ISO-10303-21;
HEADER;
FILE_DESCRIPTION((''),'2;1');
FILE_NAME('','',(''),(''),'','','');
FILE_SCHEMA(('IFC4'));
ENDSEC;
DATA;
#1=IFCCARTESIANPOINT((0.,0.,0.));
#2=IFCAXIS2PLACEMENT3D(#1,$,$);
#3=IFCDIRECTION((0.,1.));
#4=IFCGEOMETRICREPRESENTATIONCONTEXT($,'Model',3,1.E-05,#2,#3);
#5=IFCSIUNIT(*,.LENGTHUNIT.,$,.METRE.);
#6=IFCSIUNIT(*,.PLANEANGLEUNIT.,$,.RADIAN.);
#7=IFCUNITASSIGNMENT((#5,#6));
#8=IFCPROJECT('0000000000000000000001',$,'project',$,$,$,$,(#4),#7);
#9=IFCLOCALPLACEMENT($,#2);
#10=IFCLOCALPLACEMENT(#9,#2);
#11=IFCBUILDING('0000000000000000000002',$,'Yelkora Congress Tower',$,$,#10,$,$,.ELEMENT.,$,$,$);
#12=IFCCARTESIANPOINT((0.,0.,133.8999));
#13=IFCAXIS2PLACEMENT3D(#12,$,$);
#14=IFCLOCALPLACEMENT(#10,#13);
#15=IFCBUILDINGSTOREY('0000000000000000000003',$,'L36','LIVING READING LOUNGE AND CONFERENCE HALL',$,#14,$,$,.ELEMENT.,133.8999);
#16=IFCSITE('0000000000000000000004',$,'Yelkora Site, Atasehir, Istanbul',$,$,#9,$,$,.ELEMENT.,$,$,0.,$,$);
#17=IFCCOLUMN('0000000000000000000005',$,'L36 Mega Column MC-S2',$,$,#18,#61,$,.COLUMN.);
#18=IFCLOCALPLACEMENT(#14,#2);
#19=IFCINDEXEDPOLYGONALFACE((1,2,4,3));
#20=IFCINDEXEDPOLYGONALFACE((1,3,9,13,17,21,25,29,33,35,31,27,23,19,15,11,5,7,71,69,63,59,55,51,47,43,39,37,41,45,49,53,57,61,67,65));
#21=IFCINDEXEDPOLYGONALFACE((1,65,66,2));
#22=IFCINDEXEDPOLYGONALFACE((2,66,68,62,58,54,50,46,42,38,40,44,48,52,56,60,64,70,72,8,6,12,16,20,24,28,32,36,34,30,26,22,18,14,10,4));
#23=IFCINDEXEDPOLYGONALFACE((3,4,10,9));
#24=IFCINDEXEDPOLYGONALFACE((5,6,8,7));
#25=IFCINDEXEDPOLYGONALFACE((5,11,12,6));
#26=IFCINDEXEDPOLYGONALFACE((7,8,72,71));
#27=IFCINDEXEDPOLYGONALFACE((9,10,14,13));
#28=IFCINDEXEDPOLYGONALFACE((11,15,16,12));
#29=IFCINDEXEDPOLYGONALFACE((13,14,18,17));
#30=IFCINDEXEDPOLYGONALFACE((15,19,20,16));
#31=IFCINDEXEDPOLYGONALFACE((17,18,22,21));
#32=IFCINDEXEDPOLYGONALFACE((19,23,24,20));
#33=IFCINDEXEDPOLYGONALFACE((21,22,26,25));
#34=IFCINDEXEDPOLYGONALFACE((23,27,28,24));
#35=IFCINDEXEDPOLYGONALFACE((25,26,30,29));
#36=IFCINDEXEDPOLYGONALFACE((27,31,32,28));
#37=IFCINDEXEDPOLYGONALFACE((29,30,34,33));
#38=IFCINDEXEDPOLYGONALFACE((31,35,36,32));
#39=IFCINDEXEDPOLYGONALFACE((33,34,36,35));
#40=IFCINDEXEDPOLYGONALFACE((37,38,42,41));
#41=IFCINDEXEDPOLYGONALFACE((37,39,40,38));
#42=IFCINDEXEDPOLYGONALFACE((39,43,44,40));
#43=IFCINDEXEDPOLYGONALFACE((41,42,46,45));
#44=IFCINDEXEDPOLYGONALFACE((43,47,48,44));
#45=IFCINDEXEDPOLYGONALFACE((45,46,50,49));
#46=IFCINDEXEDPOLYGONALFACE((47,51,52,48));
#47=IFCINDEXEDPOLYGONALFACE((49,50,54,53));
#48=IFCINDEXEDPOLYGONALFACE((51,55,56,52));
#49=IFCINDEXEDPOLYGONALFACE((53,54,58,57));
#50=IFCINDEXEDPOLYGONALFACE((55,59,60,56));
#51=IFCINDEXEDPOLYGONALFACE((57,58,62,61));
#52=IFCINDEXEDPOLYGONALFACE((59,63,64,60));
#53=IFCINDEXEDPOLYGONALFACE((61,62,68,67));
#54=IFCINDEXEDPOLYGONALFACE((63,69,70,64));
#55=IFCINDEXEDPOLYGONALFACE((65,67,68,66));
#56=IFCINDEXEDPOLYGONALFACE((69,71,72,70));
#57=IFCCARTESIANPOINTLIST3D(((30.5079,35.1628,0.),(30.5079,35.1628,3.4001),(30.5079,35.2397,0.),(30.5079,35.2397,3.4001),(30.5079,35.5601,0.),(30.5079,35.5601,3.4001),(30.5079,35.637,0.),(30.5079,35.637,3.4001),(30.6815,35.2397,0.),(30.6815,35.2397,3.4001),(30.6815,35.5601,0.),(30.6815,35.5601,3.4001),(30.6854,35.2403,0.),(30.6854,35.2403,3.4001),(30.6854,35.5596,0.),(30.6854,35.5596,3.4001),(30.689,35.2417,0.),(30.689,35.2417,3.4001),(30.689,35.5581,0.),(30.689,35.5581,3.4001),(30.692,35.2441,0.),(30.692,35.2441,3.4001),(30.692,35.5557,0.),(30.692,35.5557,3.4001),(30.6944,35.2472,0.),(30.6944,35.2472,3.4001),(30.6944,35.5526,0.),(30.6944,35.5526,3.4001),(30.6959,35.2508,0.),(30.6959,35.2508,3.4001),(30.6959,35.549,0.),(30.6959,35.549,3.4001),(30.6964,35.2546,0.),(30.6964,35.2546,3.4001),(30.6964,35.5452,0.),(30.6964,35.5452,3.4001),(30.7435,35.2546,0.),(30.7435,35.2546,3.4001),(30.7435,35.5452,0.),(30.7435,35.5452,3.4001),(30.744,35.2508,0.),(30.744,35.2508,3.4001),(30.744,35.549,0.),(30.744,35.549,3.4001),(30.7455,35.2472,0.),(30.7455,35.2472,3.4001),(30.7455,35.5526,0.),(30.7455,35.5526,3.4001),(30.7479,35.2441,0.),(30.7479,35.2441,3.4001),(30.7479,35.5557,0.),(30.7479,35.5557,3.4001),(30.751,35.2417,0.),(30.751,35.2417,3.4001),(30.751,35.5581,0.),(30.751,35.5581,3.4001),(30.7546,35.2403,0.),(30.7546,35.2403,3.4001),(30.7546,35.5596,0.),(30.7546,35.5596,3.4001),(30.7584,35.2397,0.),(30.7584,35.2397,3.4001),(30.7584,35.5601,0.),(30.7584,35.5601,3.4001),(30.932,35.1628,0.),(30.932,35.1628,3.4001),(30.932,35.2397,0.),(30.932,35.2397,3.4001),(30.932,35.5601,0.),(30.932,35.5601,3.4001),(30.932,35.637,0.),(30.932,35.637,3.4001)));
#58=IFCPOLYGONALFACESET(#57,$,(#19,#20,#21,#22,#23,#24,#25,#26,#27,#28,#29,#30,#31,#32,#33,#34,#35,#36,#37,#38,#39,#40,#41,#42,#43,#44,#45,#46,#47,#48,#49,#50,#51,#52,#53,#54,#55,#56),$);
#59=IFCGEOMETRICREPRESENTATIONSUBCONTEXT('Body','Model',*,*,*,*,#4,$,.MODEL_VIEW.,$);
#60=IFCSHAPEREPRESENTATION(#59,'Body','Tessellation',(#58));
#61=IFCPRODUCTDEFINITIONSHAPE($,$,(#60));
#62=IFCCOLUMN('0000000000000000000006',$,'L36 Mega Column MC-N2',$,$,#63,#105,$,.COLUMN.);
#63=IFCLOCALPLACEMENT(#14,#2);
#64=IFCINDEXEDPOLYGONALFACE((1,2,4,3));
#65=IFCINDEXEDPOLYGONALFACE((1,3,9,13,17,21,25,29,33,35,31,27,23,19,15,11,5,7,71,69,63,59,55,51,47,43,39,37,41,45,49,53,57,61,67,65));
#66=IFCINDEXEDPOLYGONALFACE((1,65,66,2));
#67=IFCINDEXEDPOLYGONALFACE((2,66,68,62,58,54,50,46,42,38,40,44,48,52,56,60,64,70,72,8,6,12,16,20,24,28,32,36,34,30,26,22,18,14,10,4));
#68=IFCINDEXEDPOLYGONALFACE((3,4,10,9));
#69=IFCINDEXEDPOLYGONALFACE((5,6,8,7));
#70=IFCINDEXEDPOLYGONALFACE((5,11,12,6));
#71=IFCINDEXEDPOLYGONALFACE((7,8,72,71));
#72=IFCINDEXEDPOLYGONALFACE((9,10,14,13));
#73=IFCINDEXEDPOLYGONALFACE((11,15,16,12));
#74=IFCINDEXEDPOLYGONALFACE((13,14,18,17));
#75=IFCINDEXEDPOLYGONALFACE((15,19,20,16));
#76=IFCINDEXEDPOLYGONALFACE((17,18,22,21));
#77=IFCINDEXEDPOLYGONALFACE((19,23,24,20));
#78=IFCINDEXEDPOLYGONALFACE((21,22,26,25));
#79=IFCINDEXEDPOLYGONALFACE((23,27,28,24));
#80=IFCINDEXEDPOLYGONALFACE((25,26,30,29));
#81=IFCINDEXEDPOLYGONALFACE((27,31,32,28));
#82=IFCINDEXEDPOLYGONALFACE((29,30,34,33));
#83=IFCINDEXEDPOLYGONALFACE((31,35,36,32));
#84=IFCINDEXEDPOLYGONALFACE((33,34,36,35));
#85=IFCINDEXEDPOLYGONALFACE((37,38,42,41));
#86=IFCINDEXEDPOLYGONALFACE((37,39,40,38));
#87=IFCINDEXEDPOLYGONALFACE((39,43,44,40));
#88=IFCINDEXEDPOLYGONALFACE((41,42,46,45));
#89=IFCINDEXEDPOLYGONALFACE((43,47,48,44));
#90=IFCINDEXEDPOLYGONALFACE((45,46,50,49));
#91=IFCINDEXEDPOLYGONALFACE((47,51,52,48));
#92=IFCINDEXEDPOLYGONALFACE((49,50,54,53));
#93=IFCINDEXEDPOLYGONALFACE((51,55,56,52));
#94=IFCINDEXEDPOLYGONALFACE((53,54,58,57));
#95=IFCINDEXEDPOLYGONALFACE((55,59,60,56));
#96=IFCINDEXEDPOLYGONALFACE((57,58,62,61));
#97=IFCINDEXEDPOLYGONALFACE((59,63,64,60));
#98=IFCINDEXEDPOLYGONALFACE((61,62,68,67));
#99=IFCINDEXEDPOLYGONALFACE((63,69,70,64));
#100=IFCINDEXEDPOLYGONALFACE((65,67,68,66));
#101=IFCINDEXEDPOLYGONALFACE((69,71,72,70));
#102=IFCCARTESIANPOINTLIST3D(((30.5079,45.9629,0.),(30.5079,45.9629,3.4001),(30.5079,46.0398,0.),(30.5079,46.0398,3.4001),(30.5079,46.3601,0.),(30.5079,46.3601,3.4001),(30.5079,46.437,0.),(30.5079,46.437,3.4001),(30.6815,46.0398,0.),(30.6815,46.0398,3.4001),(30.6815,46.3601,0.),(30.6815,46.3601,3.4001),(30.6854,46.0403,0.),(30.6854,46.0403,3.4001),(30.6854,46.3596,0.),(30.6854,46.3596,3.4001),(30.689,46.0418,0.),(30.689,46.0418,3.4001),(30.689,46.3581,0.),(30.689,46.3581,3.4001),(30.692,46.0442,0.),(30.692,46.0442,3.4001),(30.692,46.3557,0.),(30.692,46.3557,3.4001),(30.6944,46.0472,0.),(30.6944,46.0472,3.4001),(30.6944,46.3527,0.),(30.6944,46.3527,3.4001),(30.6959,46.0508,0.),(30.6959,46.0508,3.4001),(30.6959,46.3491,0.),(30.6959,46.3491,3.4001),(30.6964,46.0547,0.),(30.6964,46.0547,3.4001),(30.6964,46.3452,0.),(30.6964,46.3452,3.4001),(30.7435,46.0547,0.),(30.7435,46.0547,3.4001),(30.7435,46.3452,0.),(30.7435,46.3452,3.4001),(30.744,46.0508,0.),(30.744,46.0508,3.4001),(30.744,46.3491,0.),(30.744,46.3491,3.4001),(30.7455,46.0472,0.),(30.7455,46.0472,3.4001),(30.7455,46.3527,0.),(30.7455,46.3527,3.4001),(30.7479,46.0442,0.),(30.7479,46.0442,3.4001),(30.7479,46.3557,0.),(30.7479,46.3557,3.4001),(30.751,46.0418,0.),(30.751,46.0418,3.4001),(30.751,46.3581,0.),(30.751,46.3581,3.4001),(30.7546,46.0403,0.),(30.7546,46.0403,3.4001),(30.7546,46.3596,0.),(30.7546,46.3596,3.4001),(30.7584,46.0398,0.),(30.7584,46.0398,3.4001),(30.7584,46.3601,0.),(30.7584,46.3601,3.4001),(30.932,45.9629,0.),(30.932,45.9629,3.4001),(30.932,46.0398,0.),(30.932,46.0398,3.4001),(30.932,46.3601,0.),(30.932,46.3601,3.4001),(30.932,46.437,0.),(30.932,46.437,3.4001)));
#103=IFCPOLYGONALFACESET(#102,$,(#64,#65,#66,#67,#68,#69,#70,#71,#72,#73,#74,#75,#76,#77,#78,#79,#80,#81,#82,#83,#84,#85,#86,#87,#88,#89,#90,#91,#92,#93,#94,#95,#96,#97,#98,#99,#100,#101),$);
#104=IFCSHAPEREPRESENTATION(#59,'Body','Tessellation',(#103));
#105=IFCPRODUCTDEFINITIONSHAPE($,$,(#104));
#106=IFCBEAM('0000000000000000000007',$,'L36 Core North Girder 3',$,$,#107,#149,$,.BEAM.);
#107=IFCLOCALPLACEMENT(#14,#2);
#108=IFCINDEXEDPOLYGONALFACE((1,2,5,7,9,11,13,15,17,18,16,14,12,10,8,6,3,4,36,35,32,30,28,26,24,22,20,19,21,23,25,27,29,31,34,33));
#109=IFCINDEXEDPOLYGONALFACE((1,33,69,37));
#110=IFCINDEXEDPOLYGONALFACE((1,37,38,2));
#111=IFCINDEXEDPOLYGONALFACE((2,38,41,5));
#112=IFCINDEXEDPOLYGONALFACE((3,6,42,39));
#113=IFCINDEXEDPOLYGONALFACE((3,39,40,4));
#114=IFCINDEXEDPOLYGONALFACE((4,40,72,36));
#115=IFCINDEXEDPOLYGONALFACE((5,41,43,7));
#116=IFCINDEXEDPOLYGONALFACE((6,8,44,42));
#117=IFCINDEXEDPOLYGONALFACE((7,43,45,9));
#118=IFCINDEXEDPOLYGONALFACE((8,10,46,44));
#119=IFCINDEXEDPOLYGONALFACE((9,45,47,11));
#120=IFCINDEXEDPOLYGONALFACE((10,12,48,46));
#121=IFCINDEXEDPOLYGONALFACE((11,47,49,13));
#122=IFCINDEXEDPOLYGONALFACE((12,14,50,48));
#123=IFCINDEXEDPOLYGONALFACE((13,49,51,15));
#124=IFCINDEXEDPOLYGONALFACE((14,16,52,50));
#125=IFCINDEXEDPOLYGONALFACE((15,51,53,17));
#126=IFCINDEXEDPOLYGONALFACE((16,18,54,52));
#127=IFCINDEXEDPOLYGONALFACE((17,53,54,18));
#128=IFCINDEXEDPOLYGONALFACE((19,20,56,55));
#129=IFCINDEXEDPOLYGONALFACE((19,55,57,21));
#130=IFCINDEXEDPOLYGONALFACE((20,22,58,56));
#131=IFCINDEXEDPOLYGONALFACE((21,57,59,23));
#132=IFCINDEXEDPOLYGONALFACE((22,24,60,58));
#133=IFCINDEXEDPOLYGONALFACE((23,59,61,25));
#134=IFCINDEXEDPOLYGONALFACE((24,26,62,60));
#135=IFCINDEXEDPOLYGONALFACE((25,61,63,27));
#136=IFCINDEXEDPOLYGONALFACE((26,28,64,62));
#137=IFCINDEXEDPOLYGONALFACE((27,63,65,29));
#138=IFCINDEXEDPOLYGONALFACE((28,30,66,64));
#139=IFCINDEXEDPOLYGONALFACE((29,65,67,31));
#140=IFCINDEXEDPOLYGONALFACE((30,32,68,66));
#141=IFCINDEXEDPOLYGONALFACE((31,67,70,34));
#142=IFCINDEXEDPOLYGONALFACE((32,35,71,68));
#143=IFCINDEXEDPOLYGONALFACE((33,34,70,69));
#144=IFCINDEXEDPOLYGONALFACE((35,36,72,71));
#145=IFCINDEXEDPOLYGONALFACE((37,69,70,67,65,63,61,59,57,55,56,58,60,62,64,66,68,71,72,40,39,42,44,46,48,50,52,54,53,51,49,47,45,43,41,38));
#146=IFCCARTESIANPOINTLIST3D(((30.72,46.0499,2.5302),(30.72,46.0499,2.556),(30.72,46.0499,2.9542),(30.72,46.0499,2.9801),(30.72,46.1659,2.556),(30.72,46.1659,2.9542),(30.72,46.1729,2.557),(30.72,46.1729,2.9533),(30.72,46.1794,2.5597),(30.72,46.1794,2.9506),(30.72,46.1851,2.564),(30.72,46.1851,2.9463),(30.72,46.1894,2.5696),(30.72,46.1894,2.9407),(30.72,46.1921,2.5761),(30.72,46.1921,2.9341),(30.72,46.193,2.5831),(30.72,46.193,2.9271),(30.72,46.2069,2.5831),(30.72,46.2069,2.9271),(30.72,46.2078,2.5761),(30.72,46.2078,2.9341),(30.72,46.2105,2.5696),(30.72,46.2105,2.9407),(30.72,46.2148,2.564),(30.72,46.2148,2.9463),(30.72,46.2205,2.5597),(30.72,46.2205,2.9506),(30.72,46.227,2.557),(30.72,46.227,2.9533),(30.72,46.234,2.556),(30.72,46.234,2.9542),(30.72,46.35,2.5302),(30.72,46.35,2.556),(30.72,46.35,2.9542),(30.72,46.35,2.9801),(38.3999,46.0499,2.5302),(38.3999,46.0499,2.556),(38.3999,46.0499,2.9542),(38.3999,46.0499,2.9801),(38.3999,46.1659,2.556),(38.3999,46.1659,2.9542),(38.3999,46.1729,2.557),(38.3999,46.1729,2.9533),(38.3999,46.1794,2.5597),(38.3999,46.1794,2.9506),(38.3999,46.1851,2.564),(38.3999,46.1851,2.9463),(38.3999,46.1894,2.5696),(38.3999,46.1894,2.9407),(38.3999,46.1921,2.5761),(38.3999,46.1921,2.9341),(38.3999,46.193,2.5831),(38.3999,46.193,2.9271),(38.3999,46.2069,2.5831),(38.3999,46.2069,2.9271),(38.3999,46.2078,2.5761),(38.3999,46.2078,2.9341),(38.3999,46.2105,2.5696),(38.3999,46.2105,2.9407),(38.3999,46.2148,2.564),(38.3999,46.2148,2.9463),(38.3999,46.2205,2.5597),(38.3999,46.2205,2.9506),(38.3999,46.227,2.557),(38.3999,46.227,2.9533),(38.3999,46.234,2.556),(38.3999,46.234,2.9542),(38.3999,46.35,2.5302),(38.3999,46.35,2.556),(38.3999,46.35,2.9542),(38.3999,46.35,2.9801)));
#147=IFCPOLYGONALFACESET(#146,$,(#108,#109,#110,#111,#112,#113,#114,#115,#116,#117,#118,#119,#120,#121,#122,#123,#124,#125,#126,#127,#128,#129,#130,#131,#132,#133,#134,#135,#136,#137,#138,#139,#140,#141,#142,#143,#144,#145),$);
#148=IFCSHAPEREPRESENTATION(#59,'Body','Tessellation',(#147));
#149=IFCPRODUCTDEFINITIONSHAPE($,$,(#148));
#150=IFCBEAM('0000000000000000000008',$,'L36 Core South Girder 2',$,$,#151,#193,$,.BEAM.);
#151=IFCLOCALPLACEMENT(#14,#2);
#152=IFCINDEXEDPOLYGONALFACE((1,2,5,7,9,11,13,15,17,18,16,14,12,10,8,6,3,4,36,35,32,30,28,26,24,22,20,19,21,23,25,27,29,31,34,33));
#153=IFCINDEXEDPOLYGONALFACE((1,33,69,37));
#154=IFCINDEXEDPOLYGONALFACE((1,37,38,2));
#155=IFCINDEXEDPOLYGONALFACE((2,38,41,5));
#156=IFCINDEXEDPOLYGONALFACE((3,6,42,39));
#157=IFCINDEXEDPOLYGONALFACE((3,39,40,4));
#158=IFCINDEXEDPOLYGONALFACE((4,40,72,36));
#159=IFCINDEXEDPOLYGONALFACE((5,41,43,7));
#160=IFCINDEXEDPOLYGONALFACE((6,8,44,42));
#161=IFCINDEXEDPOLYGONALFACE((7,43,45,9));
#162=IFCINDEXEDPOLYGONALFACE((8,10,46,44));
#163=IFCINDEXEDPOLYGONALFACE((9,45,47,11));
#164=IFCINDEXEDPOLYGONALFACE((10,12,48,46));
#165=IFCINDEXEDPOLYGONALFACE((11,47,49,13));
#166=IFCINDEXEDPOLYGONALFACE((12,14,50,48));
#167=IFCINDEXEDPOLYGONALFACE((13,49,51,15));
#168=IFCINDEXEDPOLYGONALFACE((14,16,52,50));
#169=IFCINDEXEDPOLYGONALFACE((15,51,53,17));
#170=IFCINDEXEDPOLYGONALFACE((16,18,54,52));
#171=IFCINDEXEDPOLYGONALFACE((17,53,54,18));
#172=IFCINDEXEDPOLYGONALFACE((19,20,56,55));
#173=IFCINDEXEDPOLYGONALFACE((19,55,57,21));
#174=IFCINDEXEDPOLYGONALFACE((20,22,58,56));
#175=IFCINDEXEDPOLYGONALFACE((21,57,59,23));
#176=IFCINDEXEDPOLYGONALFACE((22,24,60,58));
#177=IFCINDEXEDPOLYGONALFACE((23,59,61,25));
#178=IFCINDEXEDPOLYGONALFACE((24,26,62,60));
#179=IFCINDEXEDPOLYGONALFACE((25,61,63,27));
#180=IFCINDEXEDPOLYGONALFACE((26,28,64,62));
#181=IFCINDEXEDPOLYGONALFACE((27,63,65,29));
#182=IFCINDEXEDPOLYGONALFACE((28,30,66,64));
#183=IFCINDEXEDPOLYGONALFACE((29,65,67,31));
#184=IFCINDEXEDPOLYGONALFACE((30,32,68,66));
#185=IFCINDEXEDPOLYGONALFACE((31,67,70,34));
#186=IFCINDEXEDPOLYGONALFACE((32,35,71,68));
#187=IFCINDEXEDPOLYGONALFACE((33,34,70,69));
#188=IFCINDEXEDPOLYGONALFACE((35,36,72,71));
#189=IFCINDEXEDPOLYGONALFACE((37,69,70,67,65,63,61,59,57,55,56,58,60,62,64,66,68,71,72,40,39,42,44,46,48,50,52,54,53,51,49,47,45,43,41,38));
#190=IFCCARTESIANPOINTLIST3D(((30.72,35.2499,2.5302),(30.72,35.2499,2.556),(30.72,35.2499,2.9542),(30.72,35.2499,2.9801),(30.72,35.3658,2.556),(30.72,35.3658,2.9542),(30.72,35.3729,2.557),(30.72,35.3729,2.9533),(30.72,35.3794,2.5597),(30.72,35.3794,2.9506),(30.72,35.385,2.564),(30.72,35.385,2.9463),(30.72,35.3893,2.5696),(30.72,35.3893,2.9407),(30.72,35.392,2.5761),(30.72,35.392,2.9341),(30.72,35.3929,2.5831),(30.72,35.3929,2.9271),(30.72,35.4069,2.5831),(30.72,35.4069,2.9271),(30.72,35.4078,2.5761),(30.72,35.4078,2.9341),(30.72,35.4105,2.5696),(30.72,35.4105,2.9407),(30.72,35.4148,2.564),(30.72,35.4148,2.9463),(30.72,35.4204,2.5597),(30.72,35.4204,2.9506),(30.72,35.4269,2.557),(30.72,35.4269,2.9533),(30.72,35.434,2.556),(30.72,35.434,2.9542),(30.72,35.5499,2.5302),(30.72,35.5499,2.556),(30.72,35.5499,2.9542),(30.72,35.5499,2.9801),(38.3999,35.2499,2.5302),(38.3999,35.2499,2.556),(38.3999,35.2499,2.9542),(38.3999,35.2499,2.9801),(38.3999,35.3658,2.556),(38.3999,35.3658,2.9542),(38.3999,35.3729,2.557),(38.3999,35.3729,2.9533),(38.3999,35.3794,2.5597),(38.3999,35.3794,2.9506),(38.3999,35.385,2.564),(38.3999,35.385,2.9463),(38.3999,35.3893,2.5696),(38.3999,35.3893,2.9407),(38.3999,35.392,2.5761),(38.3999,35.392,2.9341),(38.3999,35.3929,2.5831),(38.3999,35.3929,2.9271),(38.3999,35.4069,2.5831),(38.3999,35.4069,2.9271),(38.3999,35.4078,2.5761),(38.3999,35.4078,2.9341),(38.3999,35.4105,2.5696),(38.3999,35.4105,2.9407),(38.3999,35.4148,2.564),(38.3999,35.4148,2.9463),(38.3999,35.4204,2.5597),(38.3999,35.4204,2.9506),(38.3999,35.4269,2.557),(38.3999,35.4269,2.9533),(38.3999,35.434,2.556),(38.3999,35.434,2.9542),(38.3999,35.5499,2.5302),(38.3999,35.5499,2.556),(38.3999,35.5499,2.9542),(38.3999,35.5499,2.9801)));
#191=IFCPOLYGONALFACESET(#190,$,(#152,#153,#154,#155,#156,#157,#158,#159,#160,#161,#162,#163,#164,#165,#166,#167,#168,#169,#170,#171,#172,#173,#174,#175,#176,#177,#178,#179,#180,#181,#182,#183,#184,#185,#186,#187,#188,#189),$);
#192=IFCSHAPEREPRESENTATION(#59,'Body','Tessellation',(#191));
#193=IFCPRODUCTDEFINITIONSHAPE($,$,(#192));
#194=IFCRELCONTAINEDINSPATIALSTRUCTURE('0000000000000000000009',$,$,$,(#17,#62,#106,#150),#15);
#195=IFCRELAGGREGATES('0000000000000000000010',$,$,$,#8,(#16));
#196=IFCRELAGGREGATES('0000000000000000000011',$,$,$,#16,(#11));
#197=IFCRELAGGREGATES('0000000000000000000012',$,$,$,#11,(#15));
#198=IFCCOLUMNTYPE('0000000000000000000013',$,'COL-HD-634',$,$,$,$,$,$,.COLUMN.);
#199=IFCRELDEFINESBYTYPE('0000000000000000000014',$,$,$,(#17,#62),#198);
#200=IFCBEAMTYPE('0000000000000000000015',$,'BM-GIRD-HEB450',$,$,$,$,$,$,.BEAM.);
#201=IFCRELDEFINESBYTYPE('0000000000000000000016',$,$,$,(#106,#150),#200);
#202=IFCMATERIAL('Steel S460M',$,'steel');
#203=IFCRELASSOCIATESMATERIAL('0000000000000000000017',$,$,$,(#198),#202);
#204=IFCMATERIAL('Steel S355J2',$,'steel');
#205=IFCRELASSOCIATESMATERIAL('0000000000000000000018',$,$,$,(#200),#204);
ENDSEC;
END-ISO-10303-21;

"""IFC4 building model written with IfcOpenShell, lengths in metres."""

from ifc_helpers import new_model, si_unit, direction, frame, origin, origin_2d, place, context, subcontext, project, spatial, i_section, extrude, material, material_profile, profile_set, type_object, element, save


model = new_model("IFC4")

# Units and contexts
model_context = context("Model", 3, precision=1e-05, world=origin(), true_north=direction((0.0, 1.0)))
body_context = subcontext(model_context, "Body", "Model", "MODEL_VIEW")
ifc_project = project(units=[si_unit("LENGTHUNIT", "METRE"), si_unit("PLANEANGLEUNIT", "RADIAN")], contexts=[model_context])

# Site, building, storey
site_placement = place(None, origin())
site = spatial("IfcSite", under=ifc_project, at=site_placement, Name="Yelkora Site, Atasehir, Istanbul", CompositionType="ELEMENT", RefElevation=0.0)
building_placement = place(site_placement, origin())
building = spatial("IfcBuilding", under=site, at=building_placement, Name="Yelkora Congress Tower", CompositionType="ELEMENT")
storey_placement = place(building_placement, frame((0.0, 0.0, 133.8999)))
storey = spatial("IfcBuildingStorey", under=building, at=storey_placement, Name="L36", Description="LIVING READING LOUNGE AND CONFERENCE HALL", CompositionType="ELEMENT", Elevation=133.8999)

# Columns
ifc_material_1 = material(Name="Steel S460M", Category="steel")
ifc_material_profile_1 = material_profile(ifc_material_1, i_section(OverallWidth=0.4241, OverallDepth=0.4741, WebThickness=0.0471, FlangeThickness=0.0769, FilletRadius=0.0149, at=origin_2d()), Name="HD 400x634")
ifc_profile_set_1 = profile_set([ifc_material_profile_1], Name="Steel S460M")
column_type = type_object("IfcColumnType", Name="COL-HD-634", PredefinedType="COLUMN", material=ifc_profile_set_1)
for number, where, z_axis, x_axis, name in (
    (1, (30.72, 35.3999, 0.0), (0.0, 0.0, 1.0), (1.0, 0.0, 0.0), "L36 Mega Column MC-S2"),
    (2, (30.72, 46.2, 0.0), (0.0, 0.0, 1.0), (1.0, 0.0, 0.0), "L36 Mega Column MC-N2"),
):
    element("IfcColumn", number, at=place(storey_placement, frame(where, z_axis=z_axis, x_axis=x_axis)), inside=storey, type_object=column_type, Name=name, PredefinedType="COLUMN", context=body_context, shape_type="SweptSolid", body=[
        extrude(i_section(OverallWidth=0.4241, OverallDepth=0.4741, WebThickness=0.0471, FlangeThickness=0.0769, FilletRadius=0.0149, at=origin_2d()), origin(), (0.0, 0.0, 1.0), 3.4001),
    ])

# Beams
ifc_material_2 = material(Name="Steel S355J2", Category="steel")
ifc_material_profile_2 = material_profile(ifc_material_2, i_section(OverallWidth=0.3, OverallDepth=0.45, WebThickness=0.0139, FlangeThickness=0.0259, FilletRadius=0.0271, at=origin_2d()), Name="HEB 450")
ifc_profile_set_2 = profile_set([ifc_material_profile_2], Name="Steel S355J2")
beam_type = type_object("IfcBeamType", Name="BM-GIRD-HEB450", PredefinedType="BEAM", material=ifc_profile_set_2)
for number, where, z_axis, x_axis, name in (
    (3, (30.72, 46.2, 2.7551), (1.0, 0.0, 0.0), (0.0, 1.0, 0.0), "L36 Core North Girder 3"),
    (4, (30.72, 35.3999, 2.7551), (1.0, 0.0, 0.0), (0.0, 1.0, 0.0), "L36 Core South Girder 2"),
):
    element("IfcBeam", number, at=place(storey_placement, frame(where, z_axis=z_axis, x_axis=x_axis)), inside=storey, type_object=beam_type, Name=name, PredefinedType="BEAM", context=body_context, shape_type="SweptSolid", body=[
        extrude(i_section(OverallWidth=0.3, OverallDepth=0.45, WebThickness=0.0139, FlangeThickness=0.0259, FilletRadius=0.0271, at=origin_2d()), origin(), (0.0, 0.0, 1.0), 7.6799),
    ])

save(model, "model.ifc")
